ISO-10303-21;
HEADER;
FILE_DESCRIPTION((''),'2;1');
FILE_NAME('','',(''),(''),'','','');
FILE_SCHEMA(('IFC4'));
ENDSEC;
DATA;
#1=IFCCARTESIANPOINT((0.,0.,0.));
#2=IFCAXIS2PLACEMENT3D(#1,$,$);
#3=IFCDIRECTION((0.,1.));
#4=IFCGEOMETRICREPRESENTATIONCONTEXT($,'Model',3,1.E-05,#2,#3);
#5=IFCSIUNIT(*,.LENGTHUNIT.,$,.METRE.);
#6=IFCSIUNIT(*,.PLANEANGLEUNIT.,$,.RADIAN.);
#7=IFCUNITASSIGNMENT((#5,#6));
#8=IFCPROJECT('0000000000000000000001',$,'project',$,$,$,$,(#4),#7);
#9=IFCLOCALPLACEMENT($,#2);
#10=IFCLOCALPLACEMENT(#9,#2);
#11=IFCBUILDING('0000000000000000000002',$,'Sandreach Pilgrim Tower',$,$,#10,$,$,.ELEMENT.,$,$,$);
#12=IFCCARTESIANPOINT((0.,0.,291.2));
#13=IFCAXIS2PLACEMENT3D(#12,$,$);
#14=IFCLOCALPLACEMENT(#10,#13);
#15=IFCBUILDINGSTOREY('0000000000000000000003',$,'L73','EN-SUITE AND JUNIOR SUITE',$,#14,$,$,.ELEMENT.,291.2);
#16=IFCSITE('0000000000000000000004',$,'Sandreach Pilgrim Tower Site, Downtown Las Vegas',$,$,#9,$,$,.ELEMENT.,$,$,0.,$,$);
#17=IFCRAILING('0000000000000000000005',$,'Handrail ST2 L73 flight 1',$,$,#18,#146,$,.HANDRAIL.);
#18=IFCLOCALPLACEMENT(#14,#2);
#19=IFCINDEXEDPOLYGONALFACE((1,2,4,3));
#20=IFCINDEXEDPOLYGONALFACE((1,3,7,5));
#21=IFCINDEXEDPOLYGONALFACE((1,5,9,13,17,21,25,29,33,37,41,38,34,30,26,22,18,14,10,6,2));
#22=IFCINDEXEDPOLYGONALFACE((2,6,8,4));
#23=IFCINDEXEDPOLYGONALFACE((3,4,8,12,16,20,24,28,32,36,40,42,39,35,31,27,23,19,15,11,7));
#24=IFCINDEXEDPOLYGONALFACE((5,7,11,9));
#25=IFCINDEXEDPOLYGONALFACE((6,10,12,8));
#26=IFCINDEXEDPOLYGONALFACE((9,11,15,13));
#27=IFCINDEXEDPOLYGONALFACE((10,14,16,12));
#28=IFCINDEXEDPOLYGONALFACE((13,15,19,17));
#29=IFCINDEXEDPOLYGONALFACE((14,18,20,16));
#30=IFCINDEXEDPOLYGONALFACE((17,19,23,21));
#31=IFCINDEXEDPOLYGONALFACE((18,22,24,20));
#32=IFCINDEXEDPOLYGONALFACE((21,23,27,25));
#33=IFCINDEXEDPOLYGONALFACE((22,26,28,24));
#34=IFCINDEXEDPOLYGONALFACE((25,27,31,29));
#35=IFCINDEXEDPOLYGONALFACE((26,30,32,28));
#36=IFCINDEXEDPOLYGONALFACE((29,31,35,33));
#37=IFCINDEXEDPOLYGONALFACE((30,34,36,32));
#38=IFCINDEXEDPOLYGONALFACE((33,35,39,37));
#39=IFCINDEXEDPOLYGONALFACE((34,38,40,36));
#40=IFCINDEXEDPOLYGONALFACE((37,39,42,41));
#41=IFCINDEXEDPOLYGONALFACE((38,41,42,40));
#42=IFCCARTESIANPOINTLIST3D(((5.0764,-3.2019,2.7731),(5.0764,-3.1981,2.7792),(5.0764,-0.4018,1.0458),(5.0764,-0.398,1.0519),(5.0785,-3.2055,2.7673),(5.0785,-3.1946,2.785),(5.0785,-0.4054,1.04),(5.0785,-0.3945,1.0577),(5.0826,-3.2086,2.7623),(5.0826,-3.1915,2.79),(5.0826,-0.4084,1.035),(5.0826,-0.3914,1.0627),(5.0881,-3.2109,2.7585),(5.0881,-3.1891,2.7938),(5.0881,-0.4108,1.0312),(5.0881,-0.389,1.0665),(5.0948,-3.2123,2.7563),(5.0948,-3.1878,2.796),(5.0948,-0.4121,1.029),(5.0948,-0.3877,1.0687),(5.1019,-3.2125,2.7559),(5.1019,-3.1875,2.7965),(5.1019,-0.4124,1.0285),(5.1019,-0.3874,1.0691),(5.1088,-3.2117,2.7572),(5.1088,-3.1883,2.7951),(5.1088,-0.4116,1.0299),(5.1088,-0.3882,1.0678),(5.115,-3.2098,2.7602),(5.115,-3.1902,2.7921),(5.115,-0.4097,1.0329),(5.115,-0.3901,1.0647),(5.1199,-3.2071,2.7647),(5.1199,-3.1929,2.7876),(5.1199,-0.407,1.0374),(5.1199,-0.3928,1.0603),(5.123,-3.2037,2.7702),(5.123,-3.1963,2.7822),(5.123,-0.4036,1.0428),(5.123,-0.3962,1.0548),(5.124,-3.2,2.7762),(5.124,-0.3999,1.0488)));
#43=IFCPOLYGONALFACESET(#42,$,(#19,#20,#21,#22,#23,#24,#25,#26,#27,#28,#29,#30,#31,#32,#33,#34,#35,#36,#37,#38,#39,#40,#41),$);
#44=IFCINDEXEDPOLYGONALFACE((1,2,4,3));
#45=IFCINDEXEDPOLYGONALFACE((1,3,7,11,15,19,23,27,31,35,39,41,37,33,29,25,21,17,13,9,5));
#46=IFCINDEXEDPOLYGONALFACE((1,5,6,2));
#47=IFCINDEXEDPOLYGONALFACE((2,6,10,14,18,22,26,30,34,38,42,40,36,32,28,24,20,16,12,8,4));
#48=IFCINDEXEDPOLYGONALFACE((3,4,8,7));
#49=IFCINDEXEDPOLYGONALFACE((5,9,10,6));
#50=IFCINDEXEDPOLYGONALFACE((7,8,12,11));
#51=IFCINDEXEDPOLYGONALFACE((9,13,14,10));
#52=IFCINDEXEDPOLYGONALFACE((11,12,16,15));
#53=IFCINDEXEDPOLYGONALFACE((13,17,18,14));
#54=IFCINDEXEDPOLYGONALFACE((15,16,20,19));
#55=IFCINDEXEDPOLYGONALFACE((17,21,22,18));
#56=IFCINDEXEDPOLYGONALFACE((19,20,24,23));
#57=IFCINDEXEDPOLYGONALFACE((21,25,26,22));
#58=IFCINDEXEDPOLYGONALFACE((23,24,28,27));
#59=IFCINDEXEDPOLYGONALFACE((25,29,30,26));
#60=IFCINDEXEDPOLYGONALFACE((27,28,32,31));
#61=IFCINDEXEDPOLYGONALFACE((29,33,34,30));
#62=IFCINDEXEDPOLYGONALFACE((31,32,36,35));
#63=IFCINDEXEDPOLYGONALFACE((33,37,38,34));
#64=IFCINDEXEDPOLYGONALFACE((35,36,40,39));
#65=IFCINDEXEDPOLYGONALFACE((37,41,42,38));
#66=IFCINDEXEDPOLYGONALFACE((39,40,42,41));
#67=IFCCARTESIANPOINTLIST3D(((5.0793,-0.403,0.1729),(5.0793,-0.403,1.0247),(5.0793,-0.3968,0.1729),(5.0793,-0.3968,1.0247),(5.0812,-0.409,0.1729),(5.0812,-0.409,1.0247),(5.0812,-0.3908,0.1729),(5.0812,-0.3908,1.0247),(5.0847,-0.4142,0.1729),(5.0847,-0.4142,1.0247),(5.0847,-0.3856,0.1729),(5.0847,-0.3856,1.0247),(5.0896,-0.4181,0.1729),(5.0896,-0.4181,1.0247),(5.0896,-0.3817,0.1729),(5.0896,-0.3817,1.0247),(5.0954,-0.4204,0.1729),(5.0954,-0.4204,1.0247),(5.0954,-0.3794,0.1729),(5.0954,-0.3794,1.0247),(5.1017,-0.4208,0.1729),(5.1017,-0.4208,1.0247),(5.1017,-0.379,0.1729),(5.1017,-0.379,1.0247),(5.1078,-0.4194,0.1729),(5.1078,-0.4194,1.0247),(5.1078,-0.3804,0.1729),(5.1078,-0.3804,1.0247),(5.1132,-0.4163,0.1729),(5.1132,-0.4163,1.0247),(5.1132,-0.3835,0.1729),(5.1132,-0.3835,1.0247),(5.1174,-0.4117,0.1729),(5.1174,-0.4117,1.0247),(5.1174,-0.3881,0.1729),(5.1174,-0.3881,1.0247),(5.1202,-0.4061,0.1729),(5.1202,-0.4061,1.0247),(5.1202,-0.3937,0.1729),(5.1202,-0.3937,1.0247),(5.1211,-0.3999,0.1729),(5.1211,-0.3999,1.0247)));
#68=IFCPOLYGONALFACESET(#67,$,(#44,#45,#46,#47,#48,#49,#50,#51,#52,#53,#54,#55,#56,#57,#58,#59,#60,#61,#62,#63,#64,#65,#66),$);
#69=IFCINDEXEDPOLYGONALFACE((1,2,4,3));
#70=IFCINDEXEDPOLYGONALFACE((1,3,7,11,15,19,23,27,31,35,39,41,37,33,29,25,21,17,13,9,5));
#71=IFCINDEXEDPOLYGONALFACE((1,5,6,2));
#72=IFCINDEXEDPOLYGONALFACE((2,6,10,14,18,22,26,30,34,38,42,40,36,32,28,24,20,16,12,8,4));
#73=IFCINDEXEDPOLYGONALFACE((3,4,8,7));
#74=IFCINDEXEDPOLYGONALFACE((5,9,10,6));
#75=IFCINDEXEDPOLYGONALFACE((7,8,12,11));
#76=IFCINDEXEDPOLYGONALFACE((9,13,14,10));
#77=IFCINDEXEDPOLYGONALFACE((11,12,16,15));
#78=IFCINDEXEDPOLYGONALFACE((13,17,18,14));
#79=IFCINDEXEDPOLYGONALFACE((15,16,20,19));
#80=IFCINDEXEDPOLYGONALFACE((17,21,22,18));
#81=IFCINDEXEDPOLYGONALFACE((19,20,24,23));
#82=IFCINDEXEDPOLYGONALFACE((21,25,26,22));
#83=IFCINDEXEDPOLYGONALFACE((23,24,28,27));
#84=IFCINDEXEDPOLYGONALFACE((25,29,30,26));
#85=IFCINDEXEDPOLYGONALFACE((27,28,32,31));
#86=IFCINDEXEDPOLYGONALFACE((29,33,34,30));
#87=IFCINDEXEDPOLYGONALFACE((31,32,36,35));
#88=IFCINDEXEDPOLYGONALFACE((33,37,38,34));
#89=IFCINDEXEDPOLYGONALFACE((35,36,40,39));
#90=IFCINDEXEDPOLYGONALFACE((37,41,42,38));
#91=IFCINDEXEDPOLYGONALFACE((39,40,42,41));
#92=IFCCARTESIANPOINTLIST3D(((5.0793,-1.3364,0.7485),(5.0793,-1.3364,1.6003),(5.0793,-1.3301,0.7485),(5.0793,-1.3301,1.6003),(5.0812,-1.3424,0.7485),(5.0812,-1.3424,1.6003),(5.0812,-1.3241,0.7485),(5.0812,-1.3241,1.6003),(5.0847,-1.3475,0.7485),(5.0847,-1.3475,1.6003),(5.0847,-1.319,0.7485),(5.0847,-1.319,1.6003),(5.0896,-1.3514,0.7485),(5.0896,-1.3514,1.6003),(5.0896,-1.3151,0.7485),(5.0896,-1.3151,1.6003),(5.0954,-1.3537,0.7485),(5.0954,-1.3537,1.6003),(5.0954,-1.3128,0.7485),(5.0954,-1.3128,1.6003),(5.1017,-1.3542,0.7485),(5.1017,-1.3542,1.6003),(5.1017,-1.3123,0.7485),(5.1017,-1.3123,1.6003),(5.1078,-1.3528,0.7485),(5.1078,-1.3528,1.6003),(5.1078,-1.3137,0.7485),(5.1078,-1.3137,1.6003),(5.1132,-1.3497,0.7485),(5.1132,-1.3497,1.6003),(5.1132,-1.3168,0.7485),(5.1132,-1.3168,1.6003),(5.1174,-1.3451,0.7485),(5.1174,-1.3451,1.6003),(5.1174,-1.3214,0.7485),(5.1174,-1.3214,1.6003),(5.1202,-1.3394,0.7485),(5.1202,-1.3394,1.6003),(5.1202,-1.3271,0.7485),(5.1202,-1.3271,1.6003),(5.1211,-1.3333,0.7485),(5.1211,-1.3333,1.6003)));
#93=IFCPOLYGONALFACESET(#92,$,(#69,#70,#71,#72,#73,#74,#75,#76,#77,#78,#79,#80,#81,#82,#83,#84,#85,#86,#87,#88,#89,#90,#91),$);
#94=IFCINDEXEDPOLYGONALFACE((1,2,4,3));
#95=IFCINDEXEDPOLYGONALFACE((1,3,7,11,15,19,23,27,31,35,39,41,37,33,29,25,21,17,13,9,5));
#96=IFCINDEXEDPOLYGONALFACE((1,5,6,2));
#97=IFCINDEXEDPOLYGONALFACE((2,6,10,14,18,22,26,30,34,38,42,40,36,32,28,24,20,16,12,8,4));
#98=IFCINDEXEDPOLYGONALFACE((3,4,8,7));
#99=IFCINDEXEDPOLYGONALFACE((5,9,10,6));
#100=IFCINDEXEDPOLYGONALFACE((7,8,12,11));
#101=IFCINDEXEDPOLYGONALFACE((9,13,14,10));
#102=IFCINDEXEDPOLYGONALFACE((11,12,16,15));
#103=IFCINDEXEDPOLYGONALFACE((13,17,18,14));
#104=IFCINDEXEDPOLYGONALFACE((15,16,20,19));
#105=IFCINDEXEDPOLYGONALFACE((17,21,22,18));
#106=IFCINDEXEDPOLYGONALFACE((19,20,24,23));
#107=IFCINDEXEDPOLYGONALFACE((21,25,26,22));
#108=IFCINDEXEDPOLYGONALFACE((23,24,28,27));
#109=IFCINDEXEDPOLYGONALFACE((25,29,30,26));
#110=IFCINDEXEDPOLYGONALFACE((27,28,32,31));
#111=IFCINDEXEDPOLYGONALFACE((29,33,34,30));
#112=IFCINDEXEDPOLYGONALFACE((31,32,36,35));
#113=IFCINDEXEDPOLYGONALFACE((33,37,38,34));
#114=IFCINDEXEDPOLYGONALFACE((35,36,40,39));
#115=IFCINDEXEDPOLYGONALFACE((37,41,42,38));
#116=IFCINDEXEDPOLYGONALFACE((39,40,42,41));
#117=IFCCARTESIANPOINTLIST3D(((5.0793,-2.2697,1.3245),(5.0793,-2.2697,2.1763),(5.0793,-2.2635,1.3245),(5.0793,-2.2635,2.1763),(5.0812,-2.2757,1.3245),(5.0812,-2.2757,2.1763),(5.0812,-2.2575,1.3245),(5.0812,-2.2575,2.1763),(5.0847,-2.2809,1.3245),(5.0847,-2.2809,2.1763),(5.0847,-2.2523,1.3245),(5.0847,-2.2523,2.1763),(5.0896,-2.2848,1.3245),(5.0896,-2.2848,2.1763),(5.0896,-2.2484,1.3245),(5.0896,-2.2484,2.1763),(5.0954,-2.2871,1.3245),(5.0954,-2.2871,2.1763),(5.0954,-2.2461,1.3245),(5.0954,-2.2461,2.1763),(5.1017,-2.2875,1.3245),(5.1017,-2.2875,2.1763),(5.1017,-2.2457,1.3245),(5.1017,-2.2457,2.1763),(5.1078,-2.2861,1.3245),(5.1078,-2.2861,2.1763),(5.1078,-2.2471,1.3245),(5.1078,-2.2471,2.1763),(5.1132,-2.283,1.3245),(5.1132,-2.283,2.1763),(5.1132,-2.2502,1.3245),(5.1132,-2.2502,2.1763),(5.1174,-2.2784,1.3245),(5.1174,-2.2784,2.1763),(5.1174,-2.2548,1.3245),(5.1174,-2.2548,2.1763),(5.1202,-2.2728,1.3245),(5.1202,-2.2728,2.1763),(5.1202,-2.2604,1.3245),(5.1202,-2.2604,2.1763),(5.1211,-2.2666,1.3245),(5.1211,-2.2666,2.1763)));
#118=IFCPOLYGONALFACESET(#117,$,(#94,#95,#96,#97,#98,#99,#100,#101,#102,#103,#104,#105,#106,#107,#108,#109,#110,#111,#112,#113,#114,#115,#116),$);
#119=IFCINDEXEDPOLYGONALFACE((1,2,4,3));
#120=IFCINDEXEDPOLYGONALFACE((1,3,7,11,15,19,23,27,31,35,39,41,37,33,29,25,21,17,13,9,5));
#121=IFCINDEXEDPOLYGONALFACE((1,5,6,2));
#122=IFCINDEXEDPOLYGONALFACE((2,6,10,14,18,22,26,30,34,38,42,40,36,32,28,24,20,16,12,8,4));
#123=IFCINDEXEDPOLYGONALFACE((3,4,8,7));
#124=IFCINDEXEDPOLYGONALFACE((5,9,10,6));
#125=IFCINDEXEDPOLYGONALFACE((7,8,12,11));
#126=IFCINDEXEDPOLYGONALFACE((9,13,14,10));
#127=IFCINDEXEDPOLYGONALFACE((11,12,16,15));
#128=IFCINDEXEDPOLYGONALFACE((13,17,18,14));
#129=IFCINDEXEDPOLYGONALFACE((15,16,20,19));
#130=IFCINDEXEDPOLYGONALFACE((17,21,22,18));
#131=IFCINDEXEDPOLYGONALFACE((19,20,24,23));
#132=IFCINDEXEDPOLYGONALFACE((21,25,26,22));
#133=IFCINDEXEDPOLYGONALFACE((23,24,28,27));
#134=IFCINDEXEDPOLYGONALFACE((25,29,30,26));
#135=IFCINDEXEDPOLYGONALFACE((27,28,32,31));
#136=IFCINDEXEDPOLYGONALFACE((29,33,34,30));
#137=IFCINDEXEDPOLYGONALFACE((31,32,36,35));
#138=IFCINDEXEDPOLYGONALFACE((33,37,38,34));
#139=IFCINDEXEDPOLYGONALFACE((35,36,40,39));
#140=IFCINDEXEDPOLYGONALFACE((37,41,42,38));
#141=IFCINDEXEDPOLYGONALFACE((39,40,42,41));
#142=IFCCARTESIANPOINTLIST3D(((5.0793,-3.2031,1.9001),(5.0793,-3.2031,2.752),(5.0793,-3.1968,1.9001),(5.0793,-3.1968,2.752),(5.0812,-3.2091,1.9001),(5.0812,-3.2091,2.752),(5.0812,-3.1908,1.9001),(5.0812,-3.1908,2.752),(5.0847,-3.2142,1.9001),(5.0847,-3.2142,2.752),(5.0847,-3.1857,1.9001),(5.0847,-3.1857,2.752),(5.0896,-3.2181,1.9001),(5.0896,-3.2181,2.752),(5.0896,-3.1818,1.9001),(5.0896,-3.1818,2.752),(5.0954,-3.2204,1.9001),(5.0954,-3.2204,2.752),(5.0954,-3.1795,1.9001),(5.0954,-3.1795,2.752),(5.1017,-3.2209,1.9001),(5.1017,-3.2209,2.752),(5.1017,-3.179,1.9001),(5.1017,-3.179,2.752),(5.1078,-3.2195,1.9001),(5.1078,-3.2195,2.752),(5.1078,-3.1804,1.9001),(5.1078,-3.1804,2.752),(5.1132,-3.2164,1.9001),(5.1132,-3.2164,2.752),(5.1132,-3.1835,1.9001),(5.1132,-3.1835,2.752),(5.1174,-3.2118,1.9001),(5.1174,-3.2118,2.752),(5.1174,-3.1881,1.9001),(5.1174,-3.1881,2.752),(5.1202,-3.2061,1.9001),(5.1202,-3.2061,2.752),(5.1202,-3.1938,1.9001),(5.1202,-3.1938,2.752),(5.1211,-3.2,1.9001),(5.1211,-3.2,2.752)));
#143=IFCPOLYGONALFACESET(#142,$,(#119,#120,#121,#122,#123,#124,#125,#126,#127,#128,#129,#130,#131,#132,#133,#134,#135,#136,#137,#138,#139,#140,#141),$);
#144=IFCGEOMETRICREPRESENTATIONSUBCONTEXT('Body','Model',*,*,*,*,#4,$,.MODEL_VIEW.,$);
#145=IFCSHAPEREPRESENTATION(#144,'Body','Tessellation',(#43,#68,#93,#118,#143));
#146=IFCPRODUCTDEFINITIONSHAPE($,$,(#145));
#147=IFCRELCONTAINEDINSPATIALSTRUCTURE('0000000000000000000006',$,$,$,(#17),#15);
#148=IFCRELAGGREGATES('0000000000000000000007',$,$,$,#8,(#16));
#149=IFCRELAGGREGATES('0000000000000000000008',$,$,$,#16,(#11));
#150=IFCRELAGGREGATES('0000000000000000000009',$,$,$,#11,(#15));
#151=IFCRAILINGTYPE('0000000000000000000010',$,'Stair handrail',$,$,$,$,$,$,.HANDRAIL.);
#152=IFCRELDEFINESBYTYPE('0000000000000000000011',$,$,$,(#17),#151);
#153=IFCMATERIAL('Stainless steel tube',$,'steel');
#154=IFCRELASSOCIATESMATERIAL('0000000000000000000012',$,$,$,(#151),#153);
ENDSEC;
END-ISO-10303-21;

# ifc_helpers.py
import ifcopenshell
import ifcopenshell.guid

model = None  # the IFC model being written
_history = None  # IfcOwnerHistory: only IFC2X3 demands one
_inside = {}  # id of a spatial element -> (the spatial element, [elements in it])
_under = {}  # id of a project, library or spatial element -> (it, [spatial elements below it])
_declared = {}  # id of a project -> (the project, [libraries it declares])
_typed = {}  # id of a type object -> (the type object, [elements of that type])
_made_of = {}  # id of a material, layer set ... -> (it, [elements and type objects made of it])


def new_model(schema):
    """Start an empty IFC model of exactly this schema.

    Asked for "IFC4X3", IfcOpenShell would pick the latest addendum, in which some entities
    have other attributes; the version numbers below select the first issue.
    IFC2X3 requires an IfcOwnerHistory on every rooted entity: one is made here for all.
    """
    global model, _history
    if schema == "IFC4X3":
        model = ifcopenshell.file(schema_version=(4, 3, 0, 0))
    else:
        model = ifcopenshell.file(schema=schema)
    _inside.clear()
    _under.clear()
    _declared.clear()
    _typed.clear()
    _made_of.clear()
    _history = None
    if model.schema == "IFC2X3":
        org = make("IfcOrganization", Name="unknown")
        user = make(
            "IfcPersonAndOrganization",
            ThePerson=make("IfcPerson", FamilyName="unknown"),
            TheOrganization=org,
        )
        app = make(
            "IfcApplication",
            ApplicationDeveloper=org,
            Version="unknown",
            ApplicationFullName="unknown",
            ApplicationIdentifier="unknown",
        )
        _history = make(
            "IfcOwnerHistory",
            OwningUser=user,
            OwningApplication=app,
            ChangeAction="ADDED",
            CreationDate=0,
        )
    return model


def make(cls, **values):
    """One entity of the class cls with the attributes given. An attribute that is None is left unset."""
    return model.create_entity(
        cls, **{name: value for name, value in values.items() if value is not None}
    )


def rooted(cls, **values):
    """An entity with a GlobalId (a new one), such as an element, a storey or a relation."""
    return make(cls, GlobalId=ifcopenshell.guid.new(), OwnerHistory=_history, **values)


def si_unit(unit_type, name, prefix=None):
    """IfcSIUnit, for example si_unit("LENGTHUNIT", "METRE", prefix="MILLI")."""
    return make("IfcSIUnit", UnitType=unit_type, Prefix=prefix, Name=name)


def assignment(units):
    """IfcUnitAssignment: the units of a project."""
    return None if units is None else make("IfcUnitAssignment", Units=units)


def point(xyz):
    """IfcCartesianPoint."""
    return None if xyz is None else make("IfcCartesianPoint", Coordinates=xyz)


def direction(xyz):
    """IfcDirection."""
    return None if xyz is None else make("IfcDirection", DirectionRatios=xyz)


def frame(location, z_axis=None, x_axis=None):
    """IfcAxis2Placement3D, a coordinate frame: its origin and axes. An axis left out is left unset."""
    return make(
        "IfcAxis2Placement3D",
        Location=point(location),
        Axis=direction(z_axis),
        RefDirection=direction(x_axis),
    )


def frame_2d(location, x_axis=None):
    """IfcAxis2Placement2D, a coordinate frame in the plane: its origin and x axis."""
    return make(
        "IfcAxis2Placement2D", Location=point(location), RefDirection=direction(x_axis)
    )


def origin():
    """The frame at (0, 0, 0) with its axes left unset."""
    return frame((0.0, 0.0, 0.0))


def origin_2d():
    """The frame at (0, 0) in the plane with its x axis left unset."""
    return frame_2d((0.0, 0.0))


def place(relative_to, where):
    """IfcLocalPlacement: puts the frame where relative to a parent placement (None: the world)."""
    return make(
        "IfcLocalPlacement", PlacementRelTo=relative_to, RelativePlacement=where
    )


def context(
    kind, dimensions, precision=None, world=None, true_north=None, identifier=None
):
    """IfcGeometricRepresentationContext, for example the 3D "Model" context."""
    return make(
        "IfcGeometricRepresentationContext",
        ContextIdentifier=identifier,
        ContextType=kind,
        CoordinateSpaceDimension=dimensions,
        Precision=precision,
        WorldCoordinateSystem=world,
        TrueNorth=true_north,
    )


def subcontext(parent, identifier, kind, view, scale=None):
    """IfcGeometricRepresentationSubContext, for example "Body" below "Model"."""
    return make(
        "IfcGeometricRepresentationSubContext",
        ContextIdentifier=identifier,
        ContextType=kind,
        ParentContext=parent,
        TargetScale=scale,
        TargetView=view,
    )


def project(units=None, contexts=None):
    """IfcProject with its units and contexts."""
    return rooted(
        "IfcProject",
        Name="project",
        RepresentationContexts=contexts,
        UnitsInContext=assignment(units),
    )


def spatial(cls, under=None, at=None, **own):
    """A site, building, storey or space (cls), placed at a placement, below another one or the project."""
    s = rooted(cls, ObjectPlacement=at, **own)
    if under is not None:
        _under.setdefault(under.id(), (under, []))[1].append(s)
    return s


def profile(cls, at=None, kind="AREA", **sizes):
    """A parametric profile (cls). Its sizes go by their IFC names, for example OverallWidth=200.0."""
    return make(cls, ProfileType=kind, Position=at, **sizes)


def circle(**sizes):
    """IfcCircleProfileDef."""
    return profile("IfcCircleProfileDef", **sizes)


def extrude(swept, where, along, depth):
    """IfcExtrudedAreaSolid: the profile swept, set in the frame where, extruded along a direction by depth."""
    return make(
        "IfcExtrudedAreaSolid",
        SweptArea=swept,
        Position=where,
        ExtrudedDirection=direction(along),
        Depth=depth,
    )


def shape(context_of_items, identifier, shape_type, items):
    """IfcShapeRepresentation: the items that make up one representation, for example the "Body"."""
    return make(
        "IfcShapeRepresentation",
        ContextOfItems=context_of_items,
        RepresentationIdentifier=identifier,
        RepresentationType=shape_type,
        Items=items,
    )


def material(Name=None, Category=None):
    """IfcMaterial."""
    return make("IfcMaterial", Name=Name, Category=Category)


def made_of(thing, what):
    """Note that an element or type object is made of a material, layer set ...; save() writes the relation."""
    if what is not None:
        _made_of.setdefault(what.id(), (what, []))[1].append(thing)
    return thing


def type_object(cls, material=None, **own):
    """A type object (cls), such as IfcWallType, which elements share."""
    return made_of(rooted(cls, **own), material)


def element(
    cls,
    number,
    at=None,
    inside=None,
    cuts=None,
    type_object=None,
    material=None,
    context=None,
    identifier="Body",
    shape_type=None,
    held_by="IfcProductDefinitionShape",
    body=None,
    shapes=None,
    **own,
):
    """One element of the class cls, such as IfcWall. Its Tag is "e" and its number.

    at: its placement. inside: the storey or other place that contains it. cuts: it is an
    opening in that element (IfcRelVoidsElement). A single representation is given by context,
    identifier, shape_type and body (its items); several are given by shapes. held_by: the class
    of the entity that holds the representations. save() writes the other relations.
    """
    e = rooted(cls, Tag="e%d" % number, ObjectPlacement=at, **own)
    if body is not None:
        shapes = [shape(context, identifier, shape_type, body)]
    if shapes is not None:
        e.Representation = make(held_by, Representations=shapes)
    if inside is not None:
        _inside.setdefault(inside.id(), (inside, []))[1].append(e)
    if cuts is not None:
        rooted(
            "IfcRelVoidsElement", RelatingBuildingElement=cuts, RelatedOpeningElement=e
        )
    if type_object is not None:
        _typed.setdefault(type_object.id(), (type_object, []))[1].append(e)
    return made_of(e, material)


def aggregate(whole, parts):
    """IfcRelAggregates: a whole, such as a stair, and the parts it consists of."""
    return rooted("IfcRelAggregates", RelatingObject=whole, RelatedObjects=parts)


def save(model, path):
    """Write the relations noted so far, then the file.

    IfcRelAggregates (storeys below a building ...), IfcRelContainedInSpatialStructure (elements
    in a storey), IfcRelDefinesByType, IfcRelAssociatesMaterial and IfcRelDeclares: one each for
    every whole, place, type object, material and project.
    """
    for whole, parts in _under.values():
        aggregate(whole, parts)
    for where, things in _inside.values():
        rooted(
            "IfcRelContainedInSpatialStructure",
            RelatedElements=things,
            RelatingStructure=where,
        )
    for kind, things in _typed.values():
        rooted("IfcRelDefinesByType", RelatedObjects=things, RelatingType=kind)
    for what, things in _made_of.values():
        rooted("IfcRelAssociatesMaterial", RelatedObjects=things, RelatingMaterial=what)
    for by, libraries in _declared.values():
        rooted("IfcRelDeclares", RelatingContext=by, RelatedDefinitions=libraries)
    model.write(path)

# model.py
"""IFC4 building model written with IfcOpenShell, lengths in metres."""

from ifc_helpers import new_model, si_unit, direction, frame, origin, origin_2d, place, context, subcontext, project, spatial, circle, extrude, material, type_object, element, save


model = new_model("IFC4")

# Units and contexts
model_context = context("Model", 3, precision=1e-05, world=origin(), true_north=direction((0.0, 1.0)))
body_context = subcontext(model_context, "Body", "Model", "MODEL_VIEW")
ifc_project = project(units=[si_unit("LENGTHUNIT", "METRE"), si_unit("PLANEANGLEUNIT", "RADIAN")], contexts=[model_context])

# Site, building, storey
site_placement = place(None, origin())
site = spatial("IfcSite", under=ifc_project, at=site_placement, Name="Sandreach Pilgrim Tower Site, Downtown Las Vegas", CompositionType="ELEMENT", RefElevation=0.0)
building_placement = place(site_placement, origin())
building = spatial("IfcBuilding", under=site, at=building_placement, Name="Sandreach Pilgrim Tower", CompositionType="ELEMENT")
storey_placement = place(building_placement, frame((0.0, 0.0, 291.2)))
storey = spatial("IfcBuildingStorey", under=building, at=storey_placement, Name="L73", Description="EN-SUITE AND JUNIOR SUITE", CompositionType="ELEMENT", Elevation=291.2)

# Railing
ifc_material_1 = material(Name="Stainless steel tube", Category="steel")
railing_type = type_object("IfcRailingType", Name="Stair handrail", PredefinedType="HANDRAIL", material=ifc_material_1)
for number, where, name in (
    (1, (5.1001, -0.3999, 0.1729), "Handrail ST2 L73 flight 1"),
):
    element("IfcRailing", number, at=place(storey_placement, frame(where)), inside=storey, type_object=railing_type, Name=name, PredefinedType="HANDRAIL", context=body_context, shape_type="SweptSolid", body=[
        extrude(circle(Radius=0.0239, at=origin_2d()), frame((0.0, 0.0, 0.876), z_axis=(0.0, -0.85109, 0.52502), x_axis=(1.0, 0.0, 0.0)), (0.0, 0.0, 1.0), 3.29),
        extrude(circle(Radius=0.021, at=origin_2d()), origin(), (0.0, 0.0, 1.0), 0.8518),
        extrude(circle(Radius=0.021, at=origin_2d()), frame((0.0, -0.9333, 0.5757)), (0.0, 0.0, 1.0), 0.8518),
        extrude(circle(Radius=0.021, at=origin_2d()), frame((0.0, -1.8667, 1.1516)), (0.0, 0.0, 1.0), 0.8518),
        extrude(circle(Radius=0.021, at=origin_2d()), frame((0.0, -2.8, 1.7273)), (0.0, 0.0, 1.0), 0.8518),
    ])

save(model, "model.ifc")
